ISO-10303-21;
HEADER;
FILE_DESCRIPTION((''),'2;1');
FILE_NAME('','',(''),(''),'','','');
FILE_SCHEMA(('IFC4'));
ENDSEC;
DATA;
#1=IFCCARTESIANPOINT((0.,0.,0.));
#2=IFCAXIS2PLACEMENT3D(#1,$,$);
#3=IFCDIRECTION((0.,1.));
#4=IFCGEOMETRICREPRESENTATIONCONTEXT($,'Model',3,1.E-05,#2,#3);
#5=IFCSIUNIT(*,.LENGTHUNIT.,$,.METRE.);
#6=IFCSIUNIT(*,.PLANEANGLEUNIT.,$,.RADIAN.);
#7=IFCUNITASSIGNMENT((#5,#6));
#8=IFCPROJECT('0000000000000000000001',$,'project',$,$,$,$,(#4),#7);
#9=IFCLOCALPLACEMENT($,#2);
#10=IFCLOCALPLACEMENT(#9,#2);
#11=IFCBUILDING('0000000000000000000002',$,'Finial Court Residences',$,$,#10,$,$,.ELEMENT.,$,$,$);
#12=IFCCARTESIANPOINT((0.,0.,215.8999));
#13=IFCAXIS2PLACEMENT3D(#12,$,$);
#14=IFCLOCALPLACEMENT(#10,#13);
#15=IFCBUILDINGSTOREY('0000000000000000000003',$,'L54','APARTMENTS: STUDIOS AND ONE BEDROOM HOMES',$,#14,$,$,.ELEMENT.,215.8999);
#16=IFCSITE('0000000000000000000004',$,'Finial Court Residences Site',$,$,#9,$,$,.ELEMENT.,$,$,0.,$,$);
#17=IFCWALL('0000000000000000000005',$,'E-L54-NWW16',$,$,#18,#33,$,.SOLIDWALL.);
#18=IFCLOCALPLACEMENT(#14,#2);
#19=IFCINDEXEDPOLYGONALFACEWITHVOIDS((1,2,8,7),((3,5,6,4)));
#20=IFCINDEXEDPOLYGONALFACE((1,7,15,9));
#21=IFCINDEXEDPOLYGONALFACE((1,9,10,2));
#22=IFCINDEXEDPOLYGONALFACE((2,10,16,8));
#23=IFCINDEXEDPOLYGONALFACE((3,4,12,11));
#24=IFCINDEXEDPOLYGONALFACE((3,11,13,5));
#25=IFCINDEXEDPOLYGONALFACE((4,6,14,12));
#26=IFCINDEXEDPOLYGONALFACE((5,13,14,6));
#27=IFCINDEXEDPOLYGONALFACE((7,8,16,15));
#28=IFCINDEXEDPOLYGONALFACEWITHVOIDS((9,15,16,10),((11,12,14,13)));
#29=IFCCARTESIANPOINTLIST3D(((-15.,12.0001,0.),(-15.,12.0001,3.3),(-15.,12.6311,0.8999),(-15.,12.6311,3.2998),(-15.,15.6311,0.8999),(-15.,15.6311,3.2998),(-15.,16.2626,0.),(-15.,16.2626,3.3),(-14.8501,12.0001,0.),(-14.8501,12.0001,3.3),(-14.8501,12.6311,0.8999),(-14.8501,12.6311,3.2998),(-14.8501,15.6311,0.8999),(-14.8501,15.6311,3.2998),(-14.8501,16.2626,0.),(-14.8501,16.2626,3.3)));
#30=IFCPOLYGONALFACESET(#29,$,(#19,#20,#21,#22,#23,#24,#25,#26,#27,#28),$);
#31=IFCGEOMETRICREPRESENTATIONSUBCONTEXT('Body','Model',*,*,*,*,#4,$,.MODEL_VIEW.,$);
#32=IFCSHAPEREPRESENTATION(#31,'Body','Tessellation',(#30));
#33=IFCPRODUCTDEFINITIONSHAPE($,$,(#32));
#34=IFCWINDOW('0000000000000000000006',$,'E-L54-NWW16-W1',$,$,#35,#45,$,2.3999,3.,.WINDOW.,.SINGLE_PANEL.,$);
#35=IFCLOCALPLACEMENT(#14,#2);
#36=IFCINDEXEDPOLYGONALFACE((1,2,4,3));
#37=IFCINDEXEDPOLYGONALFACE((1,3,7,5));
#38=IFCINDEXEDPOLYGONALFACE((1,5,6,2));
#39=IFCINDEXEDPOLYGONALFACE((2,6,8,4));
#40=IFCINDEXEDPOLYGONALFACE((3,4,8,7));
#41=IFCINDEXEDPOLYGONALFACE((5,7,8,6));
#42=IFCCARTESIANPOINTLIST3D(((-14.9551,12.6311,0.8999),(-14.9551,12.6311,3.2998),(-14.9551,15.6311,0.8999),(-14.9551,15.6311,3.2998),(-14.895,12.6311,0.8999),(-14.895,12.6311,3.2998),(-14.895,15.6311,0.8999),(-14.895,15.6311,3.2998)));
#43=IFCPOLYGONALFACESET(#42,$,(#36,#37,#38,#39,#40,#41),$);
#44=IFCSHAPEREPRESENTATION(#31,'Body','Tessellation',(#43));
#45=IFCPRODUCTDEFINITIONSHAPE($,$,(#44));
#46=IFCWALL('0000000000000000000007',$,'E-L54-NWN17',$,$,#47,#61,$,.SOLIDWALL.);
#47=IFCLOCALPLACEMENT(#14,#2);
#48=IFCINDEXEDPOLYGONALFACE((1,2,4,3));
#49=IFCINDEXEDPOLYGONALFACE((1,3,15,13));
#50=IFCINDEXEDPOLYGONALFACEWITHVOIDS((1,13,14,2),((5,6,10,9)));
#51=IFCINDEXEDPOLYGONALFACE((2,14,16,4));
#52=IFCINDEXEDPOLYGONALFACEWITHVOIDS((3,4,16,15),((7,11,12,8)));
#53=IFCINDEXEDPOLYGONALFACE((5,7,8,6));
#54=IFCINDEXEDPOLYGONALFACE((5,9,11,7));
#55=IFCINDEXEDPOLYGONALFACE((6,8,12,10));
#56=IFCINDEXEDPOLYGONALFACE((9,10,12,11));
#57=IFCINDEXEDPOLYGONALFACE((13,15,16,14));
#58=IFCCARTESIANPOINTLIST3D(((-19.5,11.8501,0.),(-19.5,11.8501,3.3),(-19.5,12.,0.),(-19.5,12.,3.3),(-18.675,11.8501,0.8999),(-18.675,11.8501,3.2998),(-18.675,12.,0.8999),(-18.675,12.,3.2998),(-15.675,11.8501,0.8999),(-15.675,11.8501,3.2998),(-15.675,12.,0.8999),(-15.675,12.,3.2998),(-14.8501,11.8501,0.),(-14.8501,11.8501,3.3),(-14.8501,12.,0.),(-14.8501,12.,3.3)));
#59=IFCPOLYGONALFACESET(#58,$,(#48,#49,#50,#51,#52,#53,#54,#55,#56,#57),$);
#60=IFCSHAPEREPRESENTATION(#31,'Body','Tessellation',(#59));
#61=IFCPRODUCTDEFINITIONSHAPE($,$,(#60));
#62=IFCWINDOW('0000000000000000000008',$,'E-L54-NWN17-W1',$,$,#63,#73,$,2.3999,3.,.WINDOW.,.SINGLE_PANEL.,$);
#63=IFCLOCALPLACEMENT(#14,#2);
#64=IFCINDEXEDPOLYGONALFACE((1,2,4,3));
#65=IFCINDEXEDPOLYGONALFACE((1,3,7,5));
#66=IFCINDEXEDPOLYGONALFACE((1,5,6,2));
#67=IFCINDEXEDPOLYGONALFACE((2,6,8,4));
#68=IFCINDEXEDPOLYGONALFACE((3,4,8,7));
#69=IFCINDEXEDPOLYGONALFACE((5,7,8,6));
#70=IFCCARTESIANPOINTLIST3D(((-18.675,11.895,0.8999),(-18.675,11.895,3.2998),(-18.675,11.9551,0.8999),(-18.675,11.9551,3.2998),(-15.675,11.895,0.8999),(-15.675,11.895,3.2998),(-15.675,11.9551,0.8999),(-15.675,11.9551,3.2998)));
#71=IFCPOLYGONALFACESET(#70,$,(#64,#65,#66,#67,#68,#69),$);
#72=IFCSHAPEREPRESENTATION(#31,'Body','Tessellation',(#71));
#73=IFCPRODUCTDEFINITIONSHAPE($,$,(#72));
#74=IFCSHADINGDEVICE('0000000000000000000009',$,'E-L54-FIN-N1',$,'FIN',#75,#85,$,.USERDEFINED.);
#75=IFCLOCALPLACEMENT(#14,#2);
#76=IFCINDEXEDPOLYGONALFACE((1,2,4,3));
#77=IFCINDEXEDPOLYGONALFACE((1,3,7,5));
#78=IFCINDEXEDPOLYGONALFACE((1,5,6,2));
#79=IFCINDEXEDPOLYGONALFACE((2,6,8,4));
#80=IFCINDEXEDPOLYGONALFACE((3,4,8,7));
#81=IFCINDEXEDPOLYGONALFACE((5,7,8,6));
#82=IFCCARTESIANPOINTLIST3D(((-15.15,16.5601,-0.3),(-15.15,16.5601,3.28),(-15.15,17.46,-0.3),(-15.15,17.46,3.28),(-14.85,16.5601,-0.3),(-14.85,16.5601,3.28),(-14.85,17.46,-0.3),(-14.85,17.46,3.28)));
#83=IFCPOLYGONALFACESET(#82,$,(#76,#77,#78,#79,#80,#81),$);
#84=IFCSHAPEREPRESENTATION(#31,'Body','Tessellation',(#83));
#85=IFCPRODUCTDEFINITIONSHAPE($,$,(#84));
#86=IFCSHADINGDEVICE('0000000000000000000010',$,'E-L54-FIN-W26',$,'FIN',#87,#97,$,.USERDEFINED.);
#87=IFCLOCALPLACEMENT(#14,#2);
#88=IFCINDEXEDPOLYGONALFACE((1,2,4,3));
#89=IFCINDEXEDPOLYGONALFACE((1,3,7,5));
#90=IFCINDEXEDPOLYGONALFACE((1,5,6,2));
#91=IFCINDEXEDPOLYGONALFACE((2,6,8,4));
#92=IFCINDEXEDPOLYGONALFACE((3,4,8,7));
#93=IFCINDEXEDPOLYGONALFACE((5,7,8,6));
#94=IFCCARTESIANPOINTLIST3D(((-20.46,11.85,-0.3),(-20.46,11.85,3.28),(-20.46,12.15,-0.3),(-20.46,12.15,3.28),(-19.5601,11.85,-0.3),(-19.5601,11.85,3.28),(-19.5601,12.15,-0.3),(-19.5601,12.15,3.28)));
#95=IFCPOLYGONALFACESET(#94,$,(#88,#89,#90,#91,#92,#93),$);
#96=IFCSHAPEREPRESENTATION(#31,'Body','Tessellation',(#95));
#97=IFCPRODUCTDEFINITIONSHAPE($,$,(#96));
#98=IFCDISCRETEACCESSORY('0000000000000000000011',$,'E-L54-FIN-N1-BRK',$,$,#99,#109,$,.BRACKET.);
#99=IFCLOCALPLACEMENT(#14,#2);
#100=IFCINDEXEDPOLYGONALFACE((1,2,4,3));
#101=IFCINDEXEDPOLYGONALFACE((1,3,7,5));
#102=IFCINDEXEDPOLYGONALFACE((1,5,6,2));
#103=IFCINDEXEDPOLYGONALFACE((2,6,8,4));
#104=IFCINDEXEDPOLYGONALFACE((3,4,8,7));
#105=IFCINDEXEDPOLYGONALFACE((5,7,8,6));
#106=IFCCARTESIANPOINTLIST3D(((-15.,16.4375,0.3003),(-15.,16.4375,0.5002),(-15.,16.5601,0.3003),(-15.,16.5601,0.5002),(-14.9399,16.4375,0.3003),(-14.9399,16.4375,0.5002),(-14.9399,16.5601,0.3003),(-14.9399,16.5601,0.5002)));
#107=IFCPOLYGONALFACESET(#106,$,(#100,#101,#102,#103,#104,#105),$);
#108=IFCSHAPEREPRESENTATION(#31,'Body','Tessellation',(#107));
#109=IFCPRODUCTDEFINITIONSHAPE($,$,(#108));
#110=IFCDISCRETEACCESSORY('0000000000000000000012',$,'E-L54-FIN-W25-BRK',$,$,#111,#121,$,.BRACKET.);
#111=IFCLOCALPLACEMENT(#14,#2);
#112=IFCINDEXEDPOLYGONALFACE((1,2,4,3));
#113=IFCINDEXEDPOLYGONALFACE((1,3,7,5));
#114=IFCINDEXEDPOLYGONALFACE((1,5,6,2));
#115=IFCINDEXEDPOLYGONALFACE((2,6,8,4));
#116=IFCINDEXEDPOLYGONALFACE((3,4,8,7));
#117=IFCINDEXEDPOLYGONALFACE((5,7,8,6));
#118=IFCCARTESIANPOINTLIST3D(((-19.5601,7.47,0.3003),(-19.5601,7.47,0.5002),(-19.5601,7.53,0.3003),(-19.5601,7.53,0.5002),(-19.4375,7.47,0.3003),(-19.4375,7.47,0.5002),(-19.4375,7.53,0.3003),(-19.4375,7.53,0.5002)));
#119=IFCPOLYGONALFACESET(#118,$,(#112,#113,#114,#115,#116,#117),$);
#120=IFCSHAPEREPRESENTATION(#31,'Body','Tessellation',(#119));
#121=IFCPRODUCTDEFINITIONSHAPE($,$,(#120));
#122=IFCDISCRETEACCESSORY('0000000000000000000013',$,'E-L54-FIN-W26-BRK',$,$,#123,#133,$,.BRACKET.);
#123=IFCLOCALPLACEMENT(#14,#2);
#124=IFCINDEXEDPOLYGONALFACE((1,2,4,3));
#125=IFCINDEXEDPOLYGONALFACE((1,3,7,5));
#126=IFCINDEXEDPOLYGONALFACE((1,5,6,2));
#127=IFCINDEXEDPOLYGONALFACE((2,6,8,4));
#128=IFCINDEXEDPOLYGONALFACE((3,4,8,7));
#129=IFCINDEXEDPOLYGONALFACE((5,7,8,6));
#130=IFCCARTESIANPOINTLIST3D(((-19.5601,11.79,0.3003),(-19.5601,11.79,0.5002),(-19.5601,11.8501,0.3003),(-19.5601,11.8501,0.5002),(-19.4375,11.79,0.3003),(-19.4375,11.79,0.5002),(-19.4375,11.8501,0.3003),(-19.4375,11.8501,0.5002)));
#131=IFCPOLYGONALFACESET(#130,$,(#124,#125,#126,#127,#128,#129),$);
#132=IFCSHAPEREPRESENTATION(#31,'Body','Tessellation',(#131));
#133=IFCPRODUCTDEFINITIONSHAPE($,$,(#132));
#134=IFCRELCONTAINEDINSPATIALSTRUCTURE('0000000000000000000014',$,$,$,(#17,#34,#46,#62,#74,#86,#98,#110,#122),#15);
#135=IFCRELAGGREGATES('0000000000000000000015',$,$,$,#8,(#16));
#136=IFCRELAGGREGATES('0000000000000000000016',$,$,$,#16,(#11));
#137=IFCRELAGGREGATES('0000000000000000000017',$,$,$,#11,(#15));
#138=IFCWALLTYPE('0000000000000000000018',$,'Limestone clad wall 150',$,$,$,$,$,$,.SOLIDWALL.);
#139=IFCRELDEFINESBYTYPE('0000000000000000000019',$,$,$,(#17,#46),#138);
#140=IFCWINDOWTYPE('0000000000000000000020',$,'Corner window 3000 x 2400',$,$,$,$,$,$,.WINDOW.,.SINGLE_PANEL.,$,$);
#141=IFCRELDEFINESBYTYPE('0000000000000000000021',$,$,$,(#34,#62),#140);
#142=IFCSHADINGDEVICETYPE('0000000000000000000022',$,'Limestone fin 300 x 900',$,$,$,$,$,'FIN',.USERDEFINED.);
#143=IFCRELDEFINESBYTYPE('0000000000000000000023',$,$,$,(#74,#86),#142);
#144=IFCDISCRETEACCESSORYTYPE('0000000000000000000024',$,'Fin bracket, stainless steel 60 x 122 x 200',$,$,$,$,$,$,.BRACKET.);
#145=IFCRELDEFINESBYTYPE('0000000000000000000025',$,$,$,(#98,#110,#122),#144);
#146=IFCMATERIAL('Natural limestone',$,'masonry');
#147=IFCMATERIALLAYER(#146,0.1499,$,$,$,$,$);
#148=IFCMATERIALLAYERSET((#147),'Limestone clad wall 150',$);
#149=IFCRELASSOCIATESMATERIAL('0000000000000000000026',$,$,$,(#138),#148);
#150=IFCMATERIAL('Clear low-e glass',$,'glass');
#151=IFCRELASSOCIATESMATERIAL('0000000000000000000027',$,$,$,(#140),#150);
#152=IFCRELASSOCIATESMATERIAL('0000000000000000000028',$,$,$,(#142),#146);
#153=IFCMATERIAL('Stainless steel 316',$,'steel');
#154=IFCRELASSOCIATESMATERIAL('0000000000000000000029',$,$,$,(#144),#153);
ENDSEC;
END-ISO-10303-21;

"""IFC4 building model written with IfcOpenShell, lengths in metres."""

from ifc_helpers import new_model, si_unit, direction, frame, frame_2d, origin, origin_2d, place, context, subcontext, project, spatial, rectangle, extrude, material, layer, layer_set, type_object, element, fill, save


model = new_model("IFC4")

# Units and contexts
model_context = context("Model", 3, precision=1e-05, world=origin(), true_north=direction((0.0, 1.0)))
body_context = subcontext(model_context, "Body", "Model", "MODEL_VIEW")
ifc_project = project(units=[si_unit("LENGTHUNIT", "METRE"), si_unit("PLANEANGLEUNIT", "RADIAN")], contexts=[model_context])

# Site, building, storey
site_placement = place(None, origin())
site = spatial("IfcSite", under=ifc_project, at=site_placement, Name="Finial Court Residences Site", CompositionType="ELEMENT", RefElevation=0.0)
building_placement = place(site_placement, origin())
building = spatial("IfcBuilding", under=site, at=building_placement, Name="Finial Court Residences", CompositionType="ELEMENT")
storey_placement = place(building_placement, frame((0.0, 0.0, 215.8999)))
storey = spatial("IfcBuildingStorey", under=building, at=storey_placement, Name="L54", Description="APARTMENTS: STUDIOS AND ONE BEDROOM HOMES", CompositionType="ELEMENT", Elevation=215.8999)

# Shared definitions
ifc_material_1 = material(Name="Clear low-e glass", Category="glass")

# Walls, openings, windows
ifc_material_2 = material(Name="Natural limestone", Category="masonry")
ifc_layer_1 = layer(ifc_material_2, 0.1499)
ifc_layer_set_1 = layer_set([ifc_layer_1], Name="Limestone clad wall 150")
wall_type_1 = type_object("IfcWallType", Name="Limestone clad wall 150", PredefinedType="SOLIDWALL", material=ifc_layer_set_1)
wall_1_placement = place(storey_placement, frame((-14.925, 12.0, 0.0), z_axis=(0.0, 0.0, 1.0), x_axis=(0.0, 1.0, 0.0)))
wall_1 = element("IfcWall", 1, at=wall_1_placement, inside=storey, type_object=wall_type_1, Name="E-L54-NWW16", PredefinedType="SOLIDWALL", context=body_context, shape_type="SweptSolid", body=[
    extrude(rectangle(XDim=4.2625, YDim=0.1499, at=frame_2d((2.1313, 0.0))), origin(), (0.0, 0.0, 1.0), 3.3),
])
opening_1_placement = place(wall_1_placement, frame((0.6311, 0.0, 0.8999)))
opening_1 = element("IfcOpeningElement", 2, at=opening_1_placement, cuts=wall_1, PredefinedType="OPENING", context=body_context, shape_type="SweptSolid", body=[
    extrude(rectangle(XDim=3.0, YDim=2.3999, at=frame_2d((1.5, 1.2))), frame((0.0, 0.085, 0.0), z_axis=(0.0, -1.0, 0.0), x_axis=(1.0, 0.0, 0.0)), (0.0, 0.0, 1.0), 0.1699),
])
window_type = type_object("IfcWindowType", Name="Corner window 3000 x 2400", PartitioningType="SINGLE_PANEL", PredefinedType="WINDOW", material=ifc_material_1)
window_1_placement = place(opening_1_placement, origin())
window_1 = element("IfcWindow", 3, at=window_1_placement, inside=storey, type_object=window_type, Name="E-L54-NWW16-W1", OverallHeight=2.3999, OverallWidth=3.0, PartitioningType="SINGLE_PANEL", PredefinedType="WINDOW", context=body_context, shape_type="SweptSolid", body=[
    extrude(rectangle(XDim=3.0, YDim=2.3999, at=frame_2d((1.5, 1.2))), frame((0.0, 0.03, 0.0), z_axis=(0.0, -1.0, 0.0), x_axis=(1.0, 0.0, 0.0)), (0.0, 0.0, 1.0), 0.0601),
])
fill(opening_1, window_1)
wall_2_placement = place(storey_placement, frame((-19.5, 11.925, 0.0), z_axis=(0.0, 0.0, 1.0), x_axis=(1.0, 0.0, 0.0)))
wall_2 = element("IfcWall", 4, at=wall_2_placement, inside=storey, type_object=wall_type_1, Name="E-L54-NWN17", PredefinedType="SOLIDWALL", context=body_context, shape_type="SweptSolid", body=[
    extrude(rectangle(XDim=4.6499, YDim=0.1499, at=frame_2d((2.325, 0.0))), origin(), (0.0, 0.0, 1.0), 3.3),
])
opening_2_placement = place(wall_2_placement, frame((0.825, 0.0, 0.8999)))
opening_2 = element("IfcOpeningElement", 5, at=opening_2_placement, cuts=wall_2, PredefinedType="OPENING", context=body_context, shape_type="SweptSolid", body=[
    extrude(rectangle(XDim=3.0, YDim=2.3999, at=frame_2d((1.5, 1.2))), frame((0.0, 0.085, 0.0), z_axis=(0.0, -1.0, 0.0), x_axis=(1.0, 0.0, 0.0)), (0.0, 0.0, 1.0), 0.1699),
])
window_2_placement = place(opening_2_placement, origin())
window_2 = element("IfcWindow", 6, at=window_2_placement, inside=storey, type_object=window_type, Name="E-L54-NWN17-W1", OverallHeight=2.3999, OverallWidth=3.0, PartitioningType="SINGLE_PANEL", PredefinedType="WINDOW", context=body_context, shape_type="SweptSolid", body=[
    extrude(rectangle(XDim=3.0, YDim=2.3999, at=frame_2d((1.5, 1.2))), frame((0.0, 0.03, 0.0), z_axis=(0.0, -1.0, 0.0), x_axis=(1.0, 0.0, 0.0)), (0.0, 0.0, 1.0), 0.0601),
])
fill(opening_2, window_2)

# Shading devices
shading_device_type = type_object("IfcShadingDeviceType", Name="Limestone fin 300 x 900", ElementType="FIN", PredefinedType="USERDEFINED", material=ifc_material_2)
shading_device_1_placement = place(storey_placement, frame((-15.0, 17.01, -0.3), z_axis=(0.0, 0.0, 1.0), x_axis=(1.0, 0.0, 0.0)))
element("IfcShadingDevice", 7, at=shading_device_1_placement, inside=storey, type_object=shading_device_type, Name="E-L54-FIN-N1", ObjectType="FIN", PredefinedType="USERDEFINED", context=body_context, shape_type="SweptSolid", body=[
    extrude(rectangle(XDim=0.3, YDim=0.8999, at=origin_2d()), origin(), (0.0, 0.0, 1.0), 3.5801),
])
shading_device_2_placement = place(storey_placement, frame((-20.01, 12.0, -0.3), z_axis=(0.0, 0.0, 1.0), x_axis=(1.0, 0.0, 0.0)))
element("IfcShadingDevice", 8, at=shading_device_2_placement, inside=storey, type_object=shading_device_type, Name="E-L54-FIN-W26", ObjectType="FIN", PredefinedType="USERDEFINED", context=body_context, shape_type="SweptSolid", body=[
    extrude(rectangle(XDim=0.8999, YDim=0.3, at=origin_2d()), origin(), (0.0, 0.0, 1.0), 3.5801),
])

# Discrete accessories
ifc_material_3 = material(Name="Stainless steel 316", Category="steel")
discrete_accessory_type = type_object("IfcDiscreteAccessoryType", Name="Fin bracket, stainless steel 60 x 122 x 200", PredefinedType="BRACKET", material=ifc_material_3)
discrete_accessory_placement = place(storey_placement, frame((-14.97, 16.4988, 0.3003), z_axis=(0.0, 0.0, 1.0), x_axis=(1.0, 0.0, 0.0)))
element("IfcDiscreteAccessory", 9, at=discrete_accessory_placement, inside=storey, type_object=discrete_accessory_type, Name="E-L54-FIN-N1-BRK", PredefinedType="BRACKET", context=body_context, shape_type="SweptSolid", body=[
    extrude(rectangle(XDim=0.0601, YDim=0.1226, at=origin_2d()), origin(), (0.0, 0.0, 1.0), 0.2),
])
for number, where, z_axis, x_axis, name in (
    (10, (-19.4988, 7.5, 0.3003), (0.0, 0.0, 1.0), (1.0, 0.0, 0.0), "E-L54-FIN-W25-BRK"),
    (11, (-19.4988, 11.8201, 0.3003), (0.0, 0.0, 1.0), (1.0, 0.0, 0.0), "E-L54-FIN-W26-BRK"),
):
    element("IfcDiscreteAccessory", number, at=place(storey_placement, frame(where, z_axis=z_axis, x_axis=x_axis)), inside=storey, type_object=discrete_accessory_type, Name=name, PredefinedType="BRACKET", context=body_context, shape_type="SweptSolid", body=[
        extrude(rectangle(XDim=0.1226, YDim=0.0601, at=origin_2d()), origin(), (0.0, 0.0, 1.0), 0.2),
    ])

save(model, "model.ifc")
